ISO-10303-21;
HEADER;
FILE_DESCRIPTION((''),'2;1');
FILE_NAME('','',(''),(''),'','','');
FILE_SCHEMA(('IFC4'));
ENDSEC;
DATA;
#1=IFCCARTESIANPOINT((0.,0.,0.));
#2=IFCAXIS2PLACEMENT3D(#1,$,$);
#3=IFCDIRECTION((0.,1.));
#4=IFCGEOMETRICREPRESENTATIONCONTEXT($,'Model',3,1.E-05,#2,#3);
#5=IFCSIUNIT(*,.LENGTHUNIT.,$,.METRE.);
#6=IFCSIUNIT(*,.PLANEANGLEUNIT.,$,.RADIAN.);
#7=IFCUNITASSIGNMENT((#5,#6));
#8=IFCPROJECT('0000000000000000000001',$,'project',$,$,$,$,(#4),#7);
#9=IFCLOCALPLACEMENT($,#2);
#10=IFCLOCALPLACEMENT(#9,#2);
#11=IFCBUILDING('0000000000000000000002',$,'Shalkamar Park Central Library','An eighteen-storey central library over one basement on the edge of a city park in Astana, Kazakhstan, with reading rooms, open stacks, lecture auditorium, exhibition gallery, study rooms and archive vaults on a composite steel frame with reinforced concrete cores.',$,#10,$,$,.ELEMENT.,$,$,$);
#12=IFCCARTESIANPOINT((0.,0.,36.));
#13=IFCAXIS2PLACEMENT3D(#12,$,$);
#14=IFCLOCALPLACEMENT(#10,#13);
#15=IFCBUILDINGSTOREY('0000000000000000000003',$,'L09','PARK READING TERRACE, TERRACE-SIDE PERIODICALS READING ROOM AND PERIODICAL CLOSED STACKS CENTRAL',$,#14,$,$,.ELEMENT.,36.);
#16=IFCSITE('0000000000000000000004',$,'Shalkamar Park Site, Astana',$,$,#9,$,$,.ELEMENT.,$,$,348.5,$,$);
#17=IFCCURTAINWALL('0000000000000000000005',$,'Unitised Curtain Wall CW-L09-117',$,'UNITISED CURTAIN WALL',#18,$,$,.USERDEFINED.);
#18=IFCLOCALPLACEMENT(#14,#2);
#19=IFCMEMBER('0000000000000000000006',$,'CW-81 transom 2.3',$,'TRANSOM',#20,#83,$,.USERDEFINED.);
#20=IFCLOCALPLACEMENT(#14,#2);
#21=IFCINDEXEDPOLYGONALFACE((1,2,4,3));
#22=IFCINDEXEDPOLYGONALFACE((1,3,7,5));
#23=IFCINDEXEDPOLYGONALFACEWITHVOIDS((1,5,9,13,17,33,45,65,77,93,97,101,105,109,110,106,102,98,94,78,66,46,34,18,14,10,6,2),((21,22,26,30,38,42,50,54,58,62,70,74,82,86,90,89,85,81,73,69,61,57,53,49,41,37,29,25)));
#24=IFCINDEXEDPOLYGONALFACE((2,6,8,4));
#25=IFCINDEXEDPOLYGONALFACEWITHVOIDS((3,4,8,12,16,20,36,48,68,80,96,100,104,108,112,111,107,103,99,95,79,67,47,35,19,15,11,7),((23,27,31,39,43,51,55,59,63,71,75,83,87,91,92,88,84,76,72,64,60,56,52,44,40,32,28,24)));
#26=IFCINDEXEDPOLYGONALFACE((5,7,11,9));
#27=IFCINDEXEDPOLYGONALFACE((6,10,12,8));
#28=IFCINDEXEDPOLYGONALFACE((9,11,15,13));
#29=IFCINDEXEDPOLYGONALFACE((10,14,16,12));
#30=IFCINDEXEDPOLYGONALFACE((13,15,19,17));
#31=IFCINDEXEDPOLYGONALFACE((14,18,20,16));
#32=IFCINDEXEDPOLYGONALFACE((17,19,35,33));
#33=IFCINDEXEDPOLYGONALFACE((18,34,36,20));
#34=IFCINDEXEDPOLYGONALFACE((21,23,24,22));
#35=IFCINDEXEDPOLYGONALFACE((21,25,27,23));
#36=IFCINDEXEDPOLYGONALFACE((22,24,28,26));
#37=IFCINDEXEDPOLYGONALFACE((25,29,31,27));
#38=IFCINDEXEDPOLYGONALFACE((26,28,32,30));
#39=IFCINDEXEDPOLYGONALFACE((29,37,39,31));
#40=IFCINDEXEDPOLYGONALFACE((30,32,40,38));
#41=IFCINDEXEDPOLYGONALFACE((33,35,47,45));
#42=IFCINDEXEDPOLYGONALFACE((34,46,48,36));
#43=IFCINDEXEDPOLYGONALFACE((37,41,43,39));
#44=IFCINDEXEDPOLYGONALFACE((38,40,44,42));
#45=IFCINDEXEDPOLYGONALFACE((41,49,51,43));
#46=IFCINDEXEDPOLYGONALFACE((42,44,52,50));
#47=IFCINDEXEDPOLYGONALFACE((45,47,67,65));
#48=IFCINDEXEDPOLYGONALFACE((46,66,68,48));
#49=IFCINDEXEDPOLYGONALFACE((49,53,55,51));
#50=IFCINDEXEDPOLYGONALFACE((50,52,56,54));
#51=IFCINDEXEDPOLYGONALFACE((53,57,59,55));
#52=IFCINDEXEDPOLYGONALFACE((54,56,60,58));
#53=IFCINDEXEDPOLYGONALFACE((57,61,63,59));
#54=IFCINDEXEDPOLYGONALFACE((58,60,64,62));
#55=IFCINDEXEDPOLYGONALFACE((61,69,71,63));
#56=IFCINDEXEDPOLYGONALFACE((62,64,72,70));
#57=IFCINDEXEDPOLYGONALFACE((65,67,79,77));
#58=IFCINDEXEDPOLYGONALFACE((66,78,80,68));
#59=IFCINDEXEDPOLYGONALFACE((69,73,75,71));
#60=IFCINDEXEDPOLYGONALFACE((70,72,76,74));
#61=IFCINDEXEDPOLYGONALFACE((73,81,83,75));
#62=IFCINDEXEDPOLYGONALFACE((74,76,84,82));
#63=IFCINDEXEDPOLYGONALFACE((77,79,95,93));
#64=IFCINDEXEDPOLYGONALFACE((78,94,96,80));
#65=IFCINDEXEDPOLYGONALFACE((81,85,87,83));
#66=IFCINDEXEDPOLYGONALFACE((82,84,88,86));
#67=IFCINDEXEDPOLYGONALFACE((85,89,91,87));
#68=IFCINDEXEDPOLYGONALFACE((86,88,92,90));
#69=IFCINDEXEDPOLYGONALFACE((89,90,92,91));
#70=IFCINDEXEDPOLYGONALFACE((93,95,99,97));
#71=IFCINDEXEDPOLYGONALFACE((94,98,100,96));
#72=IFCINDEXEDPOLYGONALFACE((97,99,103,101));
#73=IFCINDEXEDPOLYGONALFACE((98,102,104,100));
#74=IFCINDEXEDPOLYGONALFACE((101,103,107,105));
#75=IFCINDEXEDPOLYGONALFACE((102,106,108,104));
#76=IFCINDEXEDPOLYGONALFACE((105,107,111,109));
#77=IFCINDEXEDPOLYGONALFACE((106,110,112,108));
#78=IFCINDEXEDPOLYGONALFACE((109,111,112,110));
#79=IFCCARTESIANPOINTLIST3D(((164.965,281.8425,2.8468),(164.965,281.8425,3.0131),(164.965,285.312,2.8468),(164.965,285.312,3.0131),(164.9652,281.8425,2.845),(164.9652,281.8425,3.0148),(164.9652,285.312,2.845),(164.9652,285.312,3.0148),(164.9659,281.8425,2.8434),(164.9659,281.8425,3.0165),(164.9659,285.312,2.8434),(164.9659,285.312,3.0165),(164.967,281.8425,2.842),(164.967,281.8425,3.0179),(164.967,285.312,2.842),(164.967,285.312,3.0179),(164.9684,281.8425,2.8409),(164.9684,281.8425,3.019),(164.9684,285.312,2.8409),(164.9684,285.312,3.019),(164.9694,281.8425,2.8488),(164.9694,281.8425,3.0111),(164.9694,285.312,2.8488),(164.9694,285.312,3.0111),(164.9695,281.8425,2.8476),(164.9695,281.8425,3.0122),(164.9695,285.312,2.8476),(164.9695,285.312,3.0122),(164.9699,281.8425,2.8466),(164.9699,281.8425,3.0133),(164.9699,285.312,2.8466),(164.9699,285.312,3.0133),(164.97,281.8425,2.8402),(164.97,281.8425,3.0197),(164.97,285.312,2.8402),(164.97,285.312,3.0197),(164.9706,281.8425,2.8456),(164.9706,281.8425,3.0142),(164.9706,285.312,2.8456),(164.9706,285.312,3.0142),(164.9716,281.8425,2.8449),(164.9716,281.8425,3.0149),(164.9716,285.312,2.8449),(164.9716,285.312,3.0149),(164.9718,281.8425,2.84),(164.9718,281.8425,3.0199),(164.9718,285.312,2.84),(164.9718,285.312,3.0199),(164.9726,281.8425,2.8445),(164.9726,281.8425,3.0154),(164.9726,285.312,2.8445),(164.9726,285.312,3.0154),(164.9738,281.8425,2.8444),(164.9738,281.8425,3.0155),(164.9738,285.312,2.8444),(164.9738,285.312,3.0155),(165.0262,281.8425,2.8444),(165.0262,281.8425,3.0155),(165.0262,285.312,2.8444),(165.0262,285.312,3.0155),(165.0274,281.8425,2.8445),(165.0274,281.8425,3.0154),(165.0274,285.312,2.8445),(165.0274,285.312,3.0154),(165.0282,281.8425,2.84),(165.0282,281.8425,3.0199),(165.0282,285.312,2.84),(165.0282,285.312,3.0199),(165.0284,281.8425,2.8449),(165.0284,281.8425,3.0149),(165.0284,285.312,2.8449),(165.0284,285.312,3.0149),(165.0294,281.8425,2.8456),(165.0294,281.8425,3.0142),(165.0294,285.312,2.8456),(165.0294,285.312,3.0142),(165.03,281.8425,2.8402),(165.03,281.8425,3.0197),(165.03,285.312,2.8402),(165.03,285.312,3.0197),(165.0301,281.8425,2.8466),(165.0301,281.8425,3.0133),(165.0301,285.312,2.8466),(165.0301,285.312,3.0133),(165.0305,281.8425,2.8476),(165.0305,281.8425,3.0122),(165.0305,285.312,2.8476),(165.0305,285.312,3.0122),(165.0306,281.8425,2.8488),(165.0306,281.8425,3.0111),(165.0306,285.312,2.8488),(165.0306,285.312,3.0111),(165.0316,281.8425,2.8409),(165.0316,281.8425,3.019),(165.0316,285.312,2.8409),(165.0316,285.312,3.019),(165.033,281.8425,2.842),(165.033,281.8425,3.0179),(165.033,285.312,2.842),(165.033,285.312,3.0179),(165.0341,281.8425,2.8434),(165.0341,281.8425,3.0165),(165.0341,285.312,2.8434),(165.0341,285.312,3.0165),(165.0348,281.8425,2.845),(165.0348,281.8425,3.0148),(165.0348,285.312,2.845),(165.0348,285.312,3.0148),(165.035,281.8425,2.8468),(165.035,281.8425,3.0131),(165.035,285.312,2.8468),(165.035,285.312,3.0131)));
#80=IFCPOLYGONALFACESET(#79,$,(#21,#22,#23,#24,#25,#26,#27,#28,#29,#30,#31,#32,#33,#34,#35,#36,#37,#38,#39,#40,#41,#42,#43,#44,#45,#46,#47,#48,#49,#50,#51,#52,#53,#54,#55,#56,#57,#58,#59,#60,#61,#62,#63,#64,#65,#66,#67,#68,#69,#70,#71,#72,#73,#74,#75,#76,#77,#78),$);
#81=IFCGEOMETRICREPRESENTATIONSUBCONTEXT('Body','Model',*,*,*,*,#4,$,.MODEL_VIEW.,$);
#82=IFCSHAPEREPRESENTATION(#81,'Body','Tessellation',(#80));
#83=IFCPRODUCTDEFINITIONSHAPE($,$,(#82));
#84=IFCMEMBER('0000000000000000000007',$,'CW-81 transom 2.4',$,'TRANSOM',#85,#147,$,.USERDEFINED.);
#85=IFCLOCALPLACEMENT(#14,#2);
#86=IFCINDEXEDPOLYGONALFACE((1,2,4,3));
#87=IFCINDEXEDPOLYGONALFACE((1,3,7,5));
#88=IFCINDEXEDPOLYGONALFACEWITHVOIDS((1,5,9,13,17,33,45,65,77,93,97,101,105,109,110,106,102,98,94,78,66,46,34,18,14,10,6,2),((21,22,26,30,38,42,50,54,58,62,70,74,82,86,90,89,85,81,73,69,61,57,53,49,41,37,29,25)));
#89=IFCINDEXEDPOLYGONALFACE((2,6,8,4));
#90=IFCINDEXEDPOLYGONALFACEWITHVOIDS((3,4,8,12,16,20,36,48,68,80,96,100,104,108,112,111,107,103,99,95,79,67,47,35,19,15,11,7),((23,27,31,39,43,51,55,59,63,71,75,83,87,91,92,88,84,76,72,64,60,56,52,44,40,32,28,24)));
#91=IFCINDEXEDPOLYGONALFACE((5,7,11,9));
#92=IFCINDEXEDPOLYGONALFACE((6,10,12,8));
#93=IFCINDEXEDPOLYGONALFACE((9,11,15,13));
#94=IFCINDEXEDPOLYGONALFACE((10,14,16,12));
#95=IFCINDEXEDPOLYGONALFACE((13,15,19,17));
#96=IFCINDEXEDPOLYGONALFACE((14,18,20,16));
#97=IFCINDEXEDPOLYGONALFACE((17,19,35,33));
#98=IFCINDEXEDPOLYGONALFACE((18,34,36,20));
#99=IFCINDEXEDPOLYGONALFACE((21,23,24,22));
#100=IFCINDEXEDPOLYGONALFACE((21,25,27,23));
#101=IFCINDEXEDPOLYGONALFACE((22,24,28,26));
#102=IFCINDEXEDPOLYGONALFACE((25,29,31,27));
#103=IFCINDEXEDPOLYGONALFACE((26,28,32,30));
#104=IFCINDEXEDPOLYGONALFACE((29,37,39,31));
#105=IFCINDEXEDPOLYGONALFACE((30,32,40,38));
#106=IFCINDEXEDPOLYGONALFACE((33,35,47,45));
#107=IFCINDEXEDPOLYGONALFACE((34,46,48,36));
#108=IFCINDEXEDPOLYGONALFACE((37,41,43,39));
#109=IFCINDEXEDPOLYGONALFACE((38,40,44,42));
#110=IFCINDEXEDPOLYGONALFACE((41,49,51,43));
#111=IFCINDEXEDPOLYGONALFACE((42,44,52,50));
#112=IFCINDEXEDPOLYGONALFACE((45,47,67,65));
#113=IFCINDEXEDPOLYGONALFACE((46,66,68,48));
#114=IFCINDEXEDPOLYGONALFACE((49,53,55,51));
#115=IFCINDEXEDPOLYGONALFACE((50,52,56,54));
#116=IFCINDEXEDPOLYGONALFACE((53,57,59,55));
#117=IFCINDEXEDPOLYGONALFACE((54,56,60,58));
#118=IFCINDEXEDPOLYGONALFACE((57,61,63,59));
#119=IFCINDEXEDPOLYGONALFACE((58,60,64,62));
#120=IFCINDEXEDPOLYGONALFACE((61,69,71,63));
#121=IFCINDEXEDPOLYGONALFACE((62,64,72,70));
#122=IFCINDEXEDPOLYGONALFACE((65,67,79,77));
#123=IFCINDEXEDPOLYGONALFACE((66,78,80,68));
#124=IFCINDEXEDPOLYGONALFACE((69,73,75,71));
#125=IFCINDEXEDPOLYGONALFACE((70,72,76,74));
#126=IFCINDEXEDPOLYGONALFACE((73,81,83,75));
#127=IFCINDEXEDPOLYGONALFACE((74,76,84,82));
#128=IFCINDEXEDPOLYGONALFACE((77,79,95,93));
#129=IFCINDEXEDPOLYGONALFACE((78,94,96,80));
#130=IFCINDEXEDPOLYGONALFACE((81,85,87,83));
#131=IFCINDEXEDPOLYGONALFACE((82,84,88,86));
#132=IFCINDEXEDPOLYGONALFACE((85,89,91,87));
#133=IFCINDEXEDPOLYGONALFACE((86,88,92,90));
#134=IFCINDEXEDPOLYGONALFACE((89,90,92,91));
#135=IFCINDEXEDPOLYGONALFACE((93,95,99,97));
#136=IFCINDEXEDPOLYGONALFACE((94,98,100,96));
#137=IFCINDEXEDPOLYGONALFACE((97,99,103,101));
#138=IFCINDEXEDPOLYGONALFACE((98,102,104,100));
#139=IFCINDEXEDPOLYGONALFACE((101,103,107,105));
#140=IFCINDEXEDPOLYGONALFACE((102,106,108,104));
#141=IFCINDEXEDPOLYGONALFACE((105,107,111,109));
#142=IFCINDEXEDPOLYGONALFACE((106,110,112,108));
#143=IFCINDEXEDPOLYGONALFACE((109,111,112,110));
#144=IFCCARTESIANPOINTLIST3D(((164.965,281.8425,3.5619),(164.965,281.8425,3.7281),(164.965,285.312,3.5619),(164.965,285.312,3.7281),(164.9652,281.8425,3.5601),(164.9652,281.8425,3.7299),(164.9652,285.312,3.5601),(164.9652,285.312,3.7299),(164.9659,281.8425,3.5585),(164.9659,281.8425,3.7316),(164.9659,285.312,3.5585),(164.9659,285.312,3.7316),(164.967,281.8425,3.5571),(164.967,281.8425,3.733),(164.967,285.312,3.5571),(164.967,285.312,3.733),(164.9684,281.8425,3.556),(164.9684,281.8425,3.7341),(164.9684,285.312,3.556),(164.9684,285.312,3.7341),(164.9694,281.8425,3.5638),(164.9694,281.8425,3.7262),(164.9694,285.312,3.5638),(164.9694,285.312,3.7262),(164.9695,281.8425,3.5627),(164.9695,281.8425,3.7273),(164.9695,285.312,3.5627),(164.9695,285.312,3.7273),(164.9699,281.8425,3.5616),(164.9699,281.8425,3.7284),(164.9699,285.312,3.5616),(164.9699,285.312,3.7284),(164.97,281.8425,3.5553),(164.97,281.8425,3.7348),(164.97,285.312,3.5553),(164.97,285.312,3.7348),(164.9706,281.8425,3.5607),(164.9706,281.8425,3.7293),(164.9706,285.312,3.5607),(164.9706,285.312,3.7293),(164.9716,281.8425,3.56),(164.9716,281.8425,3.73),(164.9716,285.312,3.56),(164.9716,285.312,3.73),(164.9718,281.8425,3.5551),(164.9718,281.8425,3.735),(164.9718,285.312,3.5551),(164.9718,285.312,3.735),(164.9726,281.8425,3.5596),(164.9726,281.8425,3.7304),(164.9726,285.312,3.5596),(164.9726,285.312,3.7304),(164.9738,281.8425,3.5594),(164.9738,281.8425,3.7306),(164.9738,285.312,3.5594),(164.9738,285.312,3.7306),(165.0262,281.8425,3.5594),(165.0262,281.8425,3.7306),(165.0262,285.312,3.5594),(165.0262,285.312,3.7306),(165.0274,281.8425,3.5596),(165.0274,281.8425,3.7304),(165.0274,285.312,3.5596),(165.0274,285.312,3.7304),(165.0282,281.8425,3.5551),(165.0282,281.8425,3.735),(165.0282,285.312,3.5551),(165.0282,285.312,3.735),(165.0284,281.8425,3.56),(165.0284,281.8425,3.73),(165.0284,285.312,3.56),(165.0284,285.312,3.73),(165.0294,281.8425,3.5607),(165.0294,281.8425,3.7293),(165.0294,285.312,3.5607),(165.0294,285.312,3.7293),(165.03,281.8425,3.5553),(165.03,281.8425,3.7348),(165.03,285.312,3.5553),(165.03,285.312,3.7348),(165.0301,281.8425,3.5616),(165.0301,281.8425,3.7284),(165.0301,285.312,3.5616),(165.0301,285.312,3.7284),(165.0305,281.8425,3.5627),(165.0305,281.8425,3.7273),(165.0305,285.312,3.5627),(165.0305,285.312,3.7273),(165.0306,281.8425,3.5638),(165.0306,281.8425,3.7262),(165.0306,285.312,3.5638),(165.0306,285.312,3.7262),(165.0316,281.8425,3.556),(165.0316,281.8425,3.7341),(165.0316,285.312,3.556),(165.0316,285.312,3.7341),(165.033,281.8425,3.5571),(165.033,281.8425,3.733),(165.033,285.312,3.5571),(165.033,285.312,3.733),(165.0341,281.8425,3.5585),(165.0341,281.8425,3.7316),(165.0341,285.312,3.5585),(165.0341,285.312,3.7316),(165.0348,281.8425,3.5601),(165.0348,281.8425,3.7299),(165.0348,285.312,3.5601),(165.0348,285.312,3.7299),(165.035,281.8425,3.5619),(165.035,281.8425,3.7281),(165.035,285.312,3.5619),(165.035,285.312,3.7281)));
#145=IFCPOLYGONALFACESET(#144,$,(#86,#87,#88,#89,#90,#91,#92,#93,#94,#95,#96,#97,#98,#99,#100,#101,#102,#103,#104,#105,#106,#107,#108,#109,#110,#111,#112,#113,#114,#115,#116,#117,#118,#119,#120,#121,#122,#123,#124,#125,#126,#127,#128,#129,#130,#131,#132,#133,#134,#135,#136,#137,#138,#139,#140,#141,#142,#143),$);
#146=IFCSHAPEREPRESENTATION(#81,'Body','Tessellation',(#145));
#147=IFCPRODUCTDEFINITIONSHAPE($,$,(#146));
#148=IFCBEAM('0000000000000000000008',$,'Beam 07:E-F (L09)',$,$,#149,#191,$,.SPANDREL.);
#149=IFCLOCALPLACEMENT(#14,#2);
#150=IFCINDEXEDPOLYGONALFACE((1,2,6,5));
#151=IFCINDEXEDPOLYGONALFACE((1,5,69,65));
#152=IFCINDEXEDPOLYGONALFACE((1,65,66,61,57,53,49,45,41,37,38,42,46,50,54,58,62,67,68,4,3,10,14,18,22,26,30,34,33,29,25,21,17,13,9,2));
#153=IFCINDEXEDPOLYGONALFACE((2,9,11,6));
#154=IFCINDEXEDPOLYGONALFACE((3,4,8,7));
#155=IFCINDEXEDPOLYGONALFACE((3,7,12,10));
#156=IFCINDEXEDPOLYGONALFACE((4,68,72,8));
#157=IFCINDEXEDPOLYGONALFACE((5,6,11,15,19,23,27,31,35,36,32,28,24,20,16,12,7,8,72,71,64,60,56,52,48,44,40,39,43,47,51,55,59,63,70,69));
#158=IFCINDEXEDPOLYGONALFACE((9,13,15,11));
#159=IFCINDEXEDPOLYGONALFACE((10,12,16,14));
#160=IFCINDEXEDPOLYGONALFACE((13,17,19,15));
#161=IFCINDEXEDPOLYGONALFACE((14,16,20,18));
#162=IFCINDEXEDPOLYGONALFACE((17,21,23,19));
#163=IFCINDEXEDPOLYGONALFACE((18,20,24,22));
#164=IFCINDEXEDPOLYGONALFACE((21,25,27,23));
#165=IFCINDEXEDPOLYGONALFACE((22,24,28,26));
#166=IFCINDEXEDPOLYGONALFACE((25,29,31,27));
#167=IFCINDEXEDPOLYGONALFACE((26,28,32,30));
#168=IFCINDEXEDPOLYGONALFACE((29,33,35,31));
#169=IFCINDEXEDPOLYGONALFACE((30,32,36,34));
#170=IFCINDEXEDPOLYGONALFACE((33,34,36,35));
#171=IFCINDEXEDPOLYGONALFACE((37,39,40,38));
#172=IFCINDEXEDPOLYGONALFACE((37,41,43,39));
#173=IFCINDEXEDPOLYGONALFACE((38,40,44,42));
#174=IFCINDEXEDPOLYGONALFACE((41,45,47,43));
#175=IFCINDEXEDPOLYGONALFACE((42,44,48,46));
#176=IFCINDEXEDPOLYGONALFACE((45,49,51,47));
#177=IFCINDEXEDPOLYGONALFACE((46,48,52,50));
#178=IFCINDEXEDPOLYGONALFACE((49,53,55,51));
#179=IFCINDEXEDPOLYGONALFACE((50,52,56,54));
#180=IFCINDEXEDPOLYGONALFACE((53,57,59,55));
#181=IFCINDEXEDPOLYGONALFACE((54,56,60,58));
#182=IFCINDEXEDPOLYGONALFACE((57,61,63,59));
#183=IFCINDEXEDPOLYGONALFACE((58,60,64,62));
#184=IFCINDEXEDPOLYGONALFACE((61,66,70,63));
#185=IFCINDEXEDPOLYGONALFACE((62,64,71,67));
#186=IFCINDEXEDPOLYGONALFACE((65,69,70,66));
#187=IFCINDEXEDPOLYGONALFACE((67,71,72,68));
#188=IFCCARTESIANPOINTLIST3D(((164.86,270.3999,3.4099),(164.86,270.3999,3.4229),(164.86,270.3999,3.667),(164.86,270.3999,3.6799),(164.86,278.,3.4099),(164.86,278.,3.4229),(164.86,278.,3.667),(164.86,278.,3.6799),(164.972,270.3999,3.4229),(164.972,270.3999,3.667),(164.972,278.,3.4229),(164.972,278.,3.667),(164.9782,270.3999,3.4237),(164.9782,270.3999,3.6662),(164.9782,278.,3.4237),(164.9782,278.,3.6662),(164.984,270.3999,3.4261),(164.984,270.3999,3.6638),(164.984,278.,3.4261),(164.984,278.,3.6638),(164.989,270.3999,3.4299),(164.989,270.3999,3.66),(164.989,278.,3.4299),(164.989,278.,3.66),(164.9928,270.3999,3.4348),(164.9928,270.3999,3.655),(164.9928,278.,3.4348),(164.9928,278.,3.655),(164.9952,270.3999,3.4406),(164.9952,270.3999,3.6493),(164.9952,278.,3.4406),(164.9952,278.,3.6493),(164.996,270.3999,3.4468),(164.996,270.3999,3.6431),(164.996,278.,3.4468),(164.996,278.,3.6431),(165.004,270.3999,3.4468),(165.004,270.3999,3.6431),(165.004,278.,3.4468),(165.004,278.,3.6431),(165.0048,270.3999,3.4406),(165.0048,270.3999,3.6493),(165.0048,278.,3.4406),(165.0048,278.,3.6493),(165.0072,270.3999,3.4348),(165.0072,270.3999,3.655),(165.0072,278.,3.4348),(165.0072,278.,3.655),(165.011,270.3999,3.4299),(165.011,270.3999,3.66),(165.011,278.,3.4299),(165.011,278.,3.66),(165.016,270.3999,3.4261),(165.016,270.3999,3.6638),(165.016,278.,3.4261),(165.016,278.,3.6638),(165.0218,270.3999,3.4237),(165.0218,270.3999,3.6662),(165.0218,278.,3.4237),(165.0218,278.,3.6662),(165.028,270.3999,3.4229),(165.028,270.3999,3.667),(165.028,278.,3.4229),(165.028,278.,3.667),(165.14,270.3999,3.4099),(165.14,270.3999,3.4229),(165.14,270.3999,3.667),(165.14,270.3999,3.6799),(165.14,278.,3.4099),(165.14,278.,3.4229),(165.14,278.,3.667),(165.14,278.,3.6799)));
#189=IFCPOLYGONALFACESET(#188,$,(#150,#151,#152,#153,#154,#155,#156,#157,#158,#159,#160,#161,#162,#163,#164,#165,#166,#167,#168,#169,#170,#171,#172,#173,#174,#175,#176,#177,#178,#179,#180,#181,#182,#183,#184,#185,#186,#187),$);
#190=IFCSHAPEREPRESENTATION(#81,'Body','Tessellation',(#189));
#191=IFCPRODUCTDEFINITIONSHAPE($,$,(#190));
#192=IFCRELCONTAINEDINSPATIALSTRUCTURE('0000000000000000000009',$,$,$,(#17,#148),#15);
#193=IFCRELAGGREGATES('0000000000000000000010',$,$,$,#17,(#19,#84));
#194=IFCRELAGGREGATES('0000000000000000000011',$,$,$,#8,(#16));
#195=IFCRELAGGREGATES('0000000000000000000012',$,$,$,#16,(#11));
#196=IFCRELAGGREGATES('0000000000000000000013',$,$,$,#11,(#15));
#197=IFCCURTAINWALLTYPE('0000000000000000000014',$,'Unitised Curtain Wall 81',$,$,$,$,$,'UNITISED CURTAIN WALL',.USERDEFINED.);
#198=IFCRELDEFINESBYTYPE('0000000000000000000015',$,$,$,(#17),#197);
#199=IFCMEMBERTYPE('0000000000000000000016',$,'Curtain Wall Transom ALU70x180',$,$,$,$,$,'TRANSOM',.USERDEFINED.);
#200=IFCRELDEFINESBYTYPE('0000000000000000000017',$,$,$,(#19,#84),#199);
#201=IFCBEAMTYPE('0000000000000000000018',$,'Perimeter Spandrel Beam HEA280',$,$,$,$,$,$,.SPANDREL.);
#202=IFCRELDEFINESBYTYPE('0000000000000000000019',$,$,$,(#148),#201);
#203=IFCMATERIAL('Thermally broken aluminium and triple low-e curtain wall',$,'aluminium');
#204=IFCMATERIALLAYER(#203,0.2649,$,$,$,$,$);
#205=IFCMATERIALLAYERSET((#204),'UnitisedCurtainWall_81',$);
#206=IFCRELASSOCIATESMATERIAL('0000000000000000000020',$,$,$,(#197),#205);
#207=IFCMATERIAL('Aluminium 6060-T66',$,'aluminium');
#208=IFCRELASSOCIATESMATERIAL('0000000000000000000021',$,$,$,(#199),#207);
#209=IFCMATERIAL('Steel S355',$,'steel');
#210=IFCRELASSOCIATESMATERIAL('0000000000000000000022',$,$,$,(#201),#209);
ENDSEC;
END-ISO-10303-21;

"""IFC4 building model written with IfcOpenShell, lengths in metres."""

from ifc_helpers import new_model, si_unit, direction, frame, origin, origin_2d, place, context, subcontext, project, spatial, hollow_rectangle, i_section, extrude, material, layer, layer_set, material_profile, profile_set, type_object, element, aggregate, save


model = new_model("IFC4")

# Units and contexts
model_context = context("Model", 3, precision=1e-05, world=origin(), true_north=direction((0.0, 1.0)))
body_context = subcontext(model_context, "Body", "Model", "MODEL_VIEW")
ifc_project = project(units=[si_unit("LENGTHUNIT", "METRE"), si_unit("PLANEANGLEUNIT", "RADIAN")], contexts=[model_context])

# Site, building, storey
site_placement = place(None, origin())
site = spatial("IfcSite", under=ifc_project, at=site_placement, Name="Shalkamar Park Site, Astana", CompositionType="ELEMENT", RefElevation=348.5)
building_placement = place(site_placement, origin())
building = spatial("IfcBuilding", under=site, at=building_placement, Name="Shalkamar Park Central Library", Description="An eighteen-storey central library over one basement on the edge of a city park in Astana, Kazakhstan, with reading rooms, open stacks, lecture auditorium, exhibition gallery, study rooms and archive vaults on a composite steel frame with reinforced concrete cores.", CompositionType="ELEMENT")
storey_placement = place(building_placement, frame((0.0, 0.0, 36.0)))
storey = spatial("IfcBuildingStorey", under=building, at=storey_placement, Name="L09", Description="PARK READING TERRACE, TERRACE-SIDE PERIODICALS READING ROOM AND PERIODICAL CLOSED STACKS CENTRAL", CompositionType="ELEMENT", Elevation=36.0)

# Shared definitions
ifc_material_1 = material(Name="Steel S355", Category="steel")

# Curtain wall, members
ifc_material_2 = material(Name="Thermally broken aluminium and triple low-e curtain wall", Category="aluminium")
ifc_layer_1 = layer(ifc_material_2, 0.2649)
ifc_layer_set_1 = layer_set([ifc_layer_1], Name="UnitisedCurtainWall_81")
curtain_wall_type = type_object("IfcCurtainWallType", Name="Unitised Curtain Wall 81", ElementType="UNITISED CURTAIN WALL", PredefinedType="USERDEFINED", material=ifc_layer_set_1)
curtain_wall_placement = place(storey_placement, origin())
curtain_wall = element("IfcCurtainWall", 1, at=curtain_wall_placement, inside=storey, type_object=curtain_wall_type, Name="Unitised Curtain Wall CW-L09-117", ObjectType="UNITISED CURTAIN WALL", PredefinedType="USERDEFINED")
ifc_material_3 = material(Name="Aluminium 6060-T66", Category="aluminium")
ifc_material_profile_1 = material_profile(ifc_material_3, hollow_rectangle(XDim=0.0701, YDim=0.1799, WallThickness=0.0044, InnerFilletRadius=0.0044, OuterFilletRadius=0.0068, at=origin_2d()), Name="ALU 70x180x4.5")
ifc_profile_set_1 = profile_set([ifc_material_profile_1], Name="Aluminium 6060-T66")
member_type_1 = type_object("IfcMemberType", Name="Curtain Wall Transom ALU70x180", ElementType="TRANSOM", PredefinedType="USERDEFINED", material=ifc_profile_set_1)
member_1_placement = place(storey_placement, frame((165.0, 281.8425, 2.9299), z_axis=(0.0, 1.0, 0.0), x_axis=(-1.0, 0.0, 0.0)))
member_1 = element("IfcMember", 2, at=member_1_placement, type_object=member_type_1, Name="CW-81 transom 2.3", ObjectType="TRANSOM", PredefinedType="USERDEFINED", context=body_context, shape_type="SweptSolid", body=[
    extrude(hollow_rectangle(XDim=0.0701, YDim=0.1799, WallThickness=0.0044, InnerFilletRadius=0.0044, OuterFilletRadius=0.0068, at=origin_2d()), origin(), (0.0, 0.0, 1.0), 3.4695),
])
member_2_placement = place(storey_placement, frame((165.0, 281.8425, 3.645), z_axis=(0.0, 1.0, 0.0), x_axis=(-1.0, 0.0, 0.0)))
member_2 = element("IfcMember", 3, at=member_2_placement, type_object=member_type_1, Name="CW-81 transom 2.4", ObjectType="TRANSOM", PredefinedType="USERDEFINED", context=body_context, shape_type="SweptSolid", body=[
    extrude(hollow_rectangle(XDim=0.0701, YDim=0.1799, WallThickness=0.0044, InnerFilletRadius=0.0044, OuterFilletRadius=0.0068, at=origin_2d()), origin(), (0.0, 0.0, 1.0), 3.4695),
])

# Beam
ifc_material_profile_2 = material_profile(ifc_material_1, i_section(OverallWidth=0.28, OverallDepth=0.27, WebThickness=0.0081, FlangeThickness=0.0129, FilletRadius=0.0239, at=origin_2d()), Name="HEA 280")
ifc_profile_set_2 = profile_set([ifc_material_profile_2], Name="Steel S355")
beam_type_1 = type_object("IfcBeamType", Name="Perimeter Spandrel Beam HEA280", PredefinedType="SPANDREL", material=ifc_profile_set_2)
for number, where, z_axis, x_axis, name in (
    (4, (165.0, 270.3999, 3.5449), (0.0, 1.0, 0.0), (-1.0, 0.0, 0.0), "Beam 07:E-F (L09)"),
):
    element("IfcBeam", number, at=place(storey_placement, frame(where, z_axis=z_axis, x_axis=x_axis)), inside=storey, type_object=beam_type_1, Name=name, PredefinedType="SPANDREL", context=body_context, shape_type="SweptSolid", body=[
        extrude(i_section(OverallWidth=0.28, OverallDepth=0.27, WebThickness=0.0081, FlangeThickness=0.0129, FilletRadius=0.0239, at=origin_2d()), origin(), (0.0, 0.0, 1.0), 7.6001),
    ])

aggregate(curtain_wall, [member_1, member_2])

save(model, "model.ifc")
